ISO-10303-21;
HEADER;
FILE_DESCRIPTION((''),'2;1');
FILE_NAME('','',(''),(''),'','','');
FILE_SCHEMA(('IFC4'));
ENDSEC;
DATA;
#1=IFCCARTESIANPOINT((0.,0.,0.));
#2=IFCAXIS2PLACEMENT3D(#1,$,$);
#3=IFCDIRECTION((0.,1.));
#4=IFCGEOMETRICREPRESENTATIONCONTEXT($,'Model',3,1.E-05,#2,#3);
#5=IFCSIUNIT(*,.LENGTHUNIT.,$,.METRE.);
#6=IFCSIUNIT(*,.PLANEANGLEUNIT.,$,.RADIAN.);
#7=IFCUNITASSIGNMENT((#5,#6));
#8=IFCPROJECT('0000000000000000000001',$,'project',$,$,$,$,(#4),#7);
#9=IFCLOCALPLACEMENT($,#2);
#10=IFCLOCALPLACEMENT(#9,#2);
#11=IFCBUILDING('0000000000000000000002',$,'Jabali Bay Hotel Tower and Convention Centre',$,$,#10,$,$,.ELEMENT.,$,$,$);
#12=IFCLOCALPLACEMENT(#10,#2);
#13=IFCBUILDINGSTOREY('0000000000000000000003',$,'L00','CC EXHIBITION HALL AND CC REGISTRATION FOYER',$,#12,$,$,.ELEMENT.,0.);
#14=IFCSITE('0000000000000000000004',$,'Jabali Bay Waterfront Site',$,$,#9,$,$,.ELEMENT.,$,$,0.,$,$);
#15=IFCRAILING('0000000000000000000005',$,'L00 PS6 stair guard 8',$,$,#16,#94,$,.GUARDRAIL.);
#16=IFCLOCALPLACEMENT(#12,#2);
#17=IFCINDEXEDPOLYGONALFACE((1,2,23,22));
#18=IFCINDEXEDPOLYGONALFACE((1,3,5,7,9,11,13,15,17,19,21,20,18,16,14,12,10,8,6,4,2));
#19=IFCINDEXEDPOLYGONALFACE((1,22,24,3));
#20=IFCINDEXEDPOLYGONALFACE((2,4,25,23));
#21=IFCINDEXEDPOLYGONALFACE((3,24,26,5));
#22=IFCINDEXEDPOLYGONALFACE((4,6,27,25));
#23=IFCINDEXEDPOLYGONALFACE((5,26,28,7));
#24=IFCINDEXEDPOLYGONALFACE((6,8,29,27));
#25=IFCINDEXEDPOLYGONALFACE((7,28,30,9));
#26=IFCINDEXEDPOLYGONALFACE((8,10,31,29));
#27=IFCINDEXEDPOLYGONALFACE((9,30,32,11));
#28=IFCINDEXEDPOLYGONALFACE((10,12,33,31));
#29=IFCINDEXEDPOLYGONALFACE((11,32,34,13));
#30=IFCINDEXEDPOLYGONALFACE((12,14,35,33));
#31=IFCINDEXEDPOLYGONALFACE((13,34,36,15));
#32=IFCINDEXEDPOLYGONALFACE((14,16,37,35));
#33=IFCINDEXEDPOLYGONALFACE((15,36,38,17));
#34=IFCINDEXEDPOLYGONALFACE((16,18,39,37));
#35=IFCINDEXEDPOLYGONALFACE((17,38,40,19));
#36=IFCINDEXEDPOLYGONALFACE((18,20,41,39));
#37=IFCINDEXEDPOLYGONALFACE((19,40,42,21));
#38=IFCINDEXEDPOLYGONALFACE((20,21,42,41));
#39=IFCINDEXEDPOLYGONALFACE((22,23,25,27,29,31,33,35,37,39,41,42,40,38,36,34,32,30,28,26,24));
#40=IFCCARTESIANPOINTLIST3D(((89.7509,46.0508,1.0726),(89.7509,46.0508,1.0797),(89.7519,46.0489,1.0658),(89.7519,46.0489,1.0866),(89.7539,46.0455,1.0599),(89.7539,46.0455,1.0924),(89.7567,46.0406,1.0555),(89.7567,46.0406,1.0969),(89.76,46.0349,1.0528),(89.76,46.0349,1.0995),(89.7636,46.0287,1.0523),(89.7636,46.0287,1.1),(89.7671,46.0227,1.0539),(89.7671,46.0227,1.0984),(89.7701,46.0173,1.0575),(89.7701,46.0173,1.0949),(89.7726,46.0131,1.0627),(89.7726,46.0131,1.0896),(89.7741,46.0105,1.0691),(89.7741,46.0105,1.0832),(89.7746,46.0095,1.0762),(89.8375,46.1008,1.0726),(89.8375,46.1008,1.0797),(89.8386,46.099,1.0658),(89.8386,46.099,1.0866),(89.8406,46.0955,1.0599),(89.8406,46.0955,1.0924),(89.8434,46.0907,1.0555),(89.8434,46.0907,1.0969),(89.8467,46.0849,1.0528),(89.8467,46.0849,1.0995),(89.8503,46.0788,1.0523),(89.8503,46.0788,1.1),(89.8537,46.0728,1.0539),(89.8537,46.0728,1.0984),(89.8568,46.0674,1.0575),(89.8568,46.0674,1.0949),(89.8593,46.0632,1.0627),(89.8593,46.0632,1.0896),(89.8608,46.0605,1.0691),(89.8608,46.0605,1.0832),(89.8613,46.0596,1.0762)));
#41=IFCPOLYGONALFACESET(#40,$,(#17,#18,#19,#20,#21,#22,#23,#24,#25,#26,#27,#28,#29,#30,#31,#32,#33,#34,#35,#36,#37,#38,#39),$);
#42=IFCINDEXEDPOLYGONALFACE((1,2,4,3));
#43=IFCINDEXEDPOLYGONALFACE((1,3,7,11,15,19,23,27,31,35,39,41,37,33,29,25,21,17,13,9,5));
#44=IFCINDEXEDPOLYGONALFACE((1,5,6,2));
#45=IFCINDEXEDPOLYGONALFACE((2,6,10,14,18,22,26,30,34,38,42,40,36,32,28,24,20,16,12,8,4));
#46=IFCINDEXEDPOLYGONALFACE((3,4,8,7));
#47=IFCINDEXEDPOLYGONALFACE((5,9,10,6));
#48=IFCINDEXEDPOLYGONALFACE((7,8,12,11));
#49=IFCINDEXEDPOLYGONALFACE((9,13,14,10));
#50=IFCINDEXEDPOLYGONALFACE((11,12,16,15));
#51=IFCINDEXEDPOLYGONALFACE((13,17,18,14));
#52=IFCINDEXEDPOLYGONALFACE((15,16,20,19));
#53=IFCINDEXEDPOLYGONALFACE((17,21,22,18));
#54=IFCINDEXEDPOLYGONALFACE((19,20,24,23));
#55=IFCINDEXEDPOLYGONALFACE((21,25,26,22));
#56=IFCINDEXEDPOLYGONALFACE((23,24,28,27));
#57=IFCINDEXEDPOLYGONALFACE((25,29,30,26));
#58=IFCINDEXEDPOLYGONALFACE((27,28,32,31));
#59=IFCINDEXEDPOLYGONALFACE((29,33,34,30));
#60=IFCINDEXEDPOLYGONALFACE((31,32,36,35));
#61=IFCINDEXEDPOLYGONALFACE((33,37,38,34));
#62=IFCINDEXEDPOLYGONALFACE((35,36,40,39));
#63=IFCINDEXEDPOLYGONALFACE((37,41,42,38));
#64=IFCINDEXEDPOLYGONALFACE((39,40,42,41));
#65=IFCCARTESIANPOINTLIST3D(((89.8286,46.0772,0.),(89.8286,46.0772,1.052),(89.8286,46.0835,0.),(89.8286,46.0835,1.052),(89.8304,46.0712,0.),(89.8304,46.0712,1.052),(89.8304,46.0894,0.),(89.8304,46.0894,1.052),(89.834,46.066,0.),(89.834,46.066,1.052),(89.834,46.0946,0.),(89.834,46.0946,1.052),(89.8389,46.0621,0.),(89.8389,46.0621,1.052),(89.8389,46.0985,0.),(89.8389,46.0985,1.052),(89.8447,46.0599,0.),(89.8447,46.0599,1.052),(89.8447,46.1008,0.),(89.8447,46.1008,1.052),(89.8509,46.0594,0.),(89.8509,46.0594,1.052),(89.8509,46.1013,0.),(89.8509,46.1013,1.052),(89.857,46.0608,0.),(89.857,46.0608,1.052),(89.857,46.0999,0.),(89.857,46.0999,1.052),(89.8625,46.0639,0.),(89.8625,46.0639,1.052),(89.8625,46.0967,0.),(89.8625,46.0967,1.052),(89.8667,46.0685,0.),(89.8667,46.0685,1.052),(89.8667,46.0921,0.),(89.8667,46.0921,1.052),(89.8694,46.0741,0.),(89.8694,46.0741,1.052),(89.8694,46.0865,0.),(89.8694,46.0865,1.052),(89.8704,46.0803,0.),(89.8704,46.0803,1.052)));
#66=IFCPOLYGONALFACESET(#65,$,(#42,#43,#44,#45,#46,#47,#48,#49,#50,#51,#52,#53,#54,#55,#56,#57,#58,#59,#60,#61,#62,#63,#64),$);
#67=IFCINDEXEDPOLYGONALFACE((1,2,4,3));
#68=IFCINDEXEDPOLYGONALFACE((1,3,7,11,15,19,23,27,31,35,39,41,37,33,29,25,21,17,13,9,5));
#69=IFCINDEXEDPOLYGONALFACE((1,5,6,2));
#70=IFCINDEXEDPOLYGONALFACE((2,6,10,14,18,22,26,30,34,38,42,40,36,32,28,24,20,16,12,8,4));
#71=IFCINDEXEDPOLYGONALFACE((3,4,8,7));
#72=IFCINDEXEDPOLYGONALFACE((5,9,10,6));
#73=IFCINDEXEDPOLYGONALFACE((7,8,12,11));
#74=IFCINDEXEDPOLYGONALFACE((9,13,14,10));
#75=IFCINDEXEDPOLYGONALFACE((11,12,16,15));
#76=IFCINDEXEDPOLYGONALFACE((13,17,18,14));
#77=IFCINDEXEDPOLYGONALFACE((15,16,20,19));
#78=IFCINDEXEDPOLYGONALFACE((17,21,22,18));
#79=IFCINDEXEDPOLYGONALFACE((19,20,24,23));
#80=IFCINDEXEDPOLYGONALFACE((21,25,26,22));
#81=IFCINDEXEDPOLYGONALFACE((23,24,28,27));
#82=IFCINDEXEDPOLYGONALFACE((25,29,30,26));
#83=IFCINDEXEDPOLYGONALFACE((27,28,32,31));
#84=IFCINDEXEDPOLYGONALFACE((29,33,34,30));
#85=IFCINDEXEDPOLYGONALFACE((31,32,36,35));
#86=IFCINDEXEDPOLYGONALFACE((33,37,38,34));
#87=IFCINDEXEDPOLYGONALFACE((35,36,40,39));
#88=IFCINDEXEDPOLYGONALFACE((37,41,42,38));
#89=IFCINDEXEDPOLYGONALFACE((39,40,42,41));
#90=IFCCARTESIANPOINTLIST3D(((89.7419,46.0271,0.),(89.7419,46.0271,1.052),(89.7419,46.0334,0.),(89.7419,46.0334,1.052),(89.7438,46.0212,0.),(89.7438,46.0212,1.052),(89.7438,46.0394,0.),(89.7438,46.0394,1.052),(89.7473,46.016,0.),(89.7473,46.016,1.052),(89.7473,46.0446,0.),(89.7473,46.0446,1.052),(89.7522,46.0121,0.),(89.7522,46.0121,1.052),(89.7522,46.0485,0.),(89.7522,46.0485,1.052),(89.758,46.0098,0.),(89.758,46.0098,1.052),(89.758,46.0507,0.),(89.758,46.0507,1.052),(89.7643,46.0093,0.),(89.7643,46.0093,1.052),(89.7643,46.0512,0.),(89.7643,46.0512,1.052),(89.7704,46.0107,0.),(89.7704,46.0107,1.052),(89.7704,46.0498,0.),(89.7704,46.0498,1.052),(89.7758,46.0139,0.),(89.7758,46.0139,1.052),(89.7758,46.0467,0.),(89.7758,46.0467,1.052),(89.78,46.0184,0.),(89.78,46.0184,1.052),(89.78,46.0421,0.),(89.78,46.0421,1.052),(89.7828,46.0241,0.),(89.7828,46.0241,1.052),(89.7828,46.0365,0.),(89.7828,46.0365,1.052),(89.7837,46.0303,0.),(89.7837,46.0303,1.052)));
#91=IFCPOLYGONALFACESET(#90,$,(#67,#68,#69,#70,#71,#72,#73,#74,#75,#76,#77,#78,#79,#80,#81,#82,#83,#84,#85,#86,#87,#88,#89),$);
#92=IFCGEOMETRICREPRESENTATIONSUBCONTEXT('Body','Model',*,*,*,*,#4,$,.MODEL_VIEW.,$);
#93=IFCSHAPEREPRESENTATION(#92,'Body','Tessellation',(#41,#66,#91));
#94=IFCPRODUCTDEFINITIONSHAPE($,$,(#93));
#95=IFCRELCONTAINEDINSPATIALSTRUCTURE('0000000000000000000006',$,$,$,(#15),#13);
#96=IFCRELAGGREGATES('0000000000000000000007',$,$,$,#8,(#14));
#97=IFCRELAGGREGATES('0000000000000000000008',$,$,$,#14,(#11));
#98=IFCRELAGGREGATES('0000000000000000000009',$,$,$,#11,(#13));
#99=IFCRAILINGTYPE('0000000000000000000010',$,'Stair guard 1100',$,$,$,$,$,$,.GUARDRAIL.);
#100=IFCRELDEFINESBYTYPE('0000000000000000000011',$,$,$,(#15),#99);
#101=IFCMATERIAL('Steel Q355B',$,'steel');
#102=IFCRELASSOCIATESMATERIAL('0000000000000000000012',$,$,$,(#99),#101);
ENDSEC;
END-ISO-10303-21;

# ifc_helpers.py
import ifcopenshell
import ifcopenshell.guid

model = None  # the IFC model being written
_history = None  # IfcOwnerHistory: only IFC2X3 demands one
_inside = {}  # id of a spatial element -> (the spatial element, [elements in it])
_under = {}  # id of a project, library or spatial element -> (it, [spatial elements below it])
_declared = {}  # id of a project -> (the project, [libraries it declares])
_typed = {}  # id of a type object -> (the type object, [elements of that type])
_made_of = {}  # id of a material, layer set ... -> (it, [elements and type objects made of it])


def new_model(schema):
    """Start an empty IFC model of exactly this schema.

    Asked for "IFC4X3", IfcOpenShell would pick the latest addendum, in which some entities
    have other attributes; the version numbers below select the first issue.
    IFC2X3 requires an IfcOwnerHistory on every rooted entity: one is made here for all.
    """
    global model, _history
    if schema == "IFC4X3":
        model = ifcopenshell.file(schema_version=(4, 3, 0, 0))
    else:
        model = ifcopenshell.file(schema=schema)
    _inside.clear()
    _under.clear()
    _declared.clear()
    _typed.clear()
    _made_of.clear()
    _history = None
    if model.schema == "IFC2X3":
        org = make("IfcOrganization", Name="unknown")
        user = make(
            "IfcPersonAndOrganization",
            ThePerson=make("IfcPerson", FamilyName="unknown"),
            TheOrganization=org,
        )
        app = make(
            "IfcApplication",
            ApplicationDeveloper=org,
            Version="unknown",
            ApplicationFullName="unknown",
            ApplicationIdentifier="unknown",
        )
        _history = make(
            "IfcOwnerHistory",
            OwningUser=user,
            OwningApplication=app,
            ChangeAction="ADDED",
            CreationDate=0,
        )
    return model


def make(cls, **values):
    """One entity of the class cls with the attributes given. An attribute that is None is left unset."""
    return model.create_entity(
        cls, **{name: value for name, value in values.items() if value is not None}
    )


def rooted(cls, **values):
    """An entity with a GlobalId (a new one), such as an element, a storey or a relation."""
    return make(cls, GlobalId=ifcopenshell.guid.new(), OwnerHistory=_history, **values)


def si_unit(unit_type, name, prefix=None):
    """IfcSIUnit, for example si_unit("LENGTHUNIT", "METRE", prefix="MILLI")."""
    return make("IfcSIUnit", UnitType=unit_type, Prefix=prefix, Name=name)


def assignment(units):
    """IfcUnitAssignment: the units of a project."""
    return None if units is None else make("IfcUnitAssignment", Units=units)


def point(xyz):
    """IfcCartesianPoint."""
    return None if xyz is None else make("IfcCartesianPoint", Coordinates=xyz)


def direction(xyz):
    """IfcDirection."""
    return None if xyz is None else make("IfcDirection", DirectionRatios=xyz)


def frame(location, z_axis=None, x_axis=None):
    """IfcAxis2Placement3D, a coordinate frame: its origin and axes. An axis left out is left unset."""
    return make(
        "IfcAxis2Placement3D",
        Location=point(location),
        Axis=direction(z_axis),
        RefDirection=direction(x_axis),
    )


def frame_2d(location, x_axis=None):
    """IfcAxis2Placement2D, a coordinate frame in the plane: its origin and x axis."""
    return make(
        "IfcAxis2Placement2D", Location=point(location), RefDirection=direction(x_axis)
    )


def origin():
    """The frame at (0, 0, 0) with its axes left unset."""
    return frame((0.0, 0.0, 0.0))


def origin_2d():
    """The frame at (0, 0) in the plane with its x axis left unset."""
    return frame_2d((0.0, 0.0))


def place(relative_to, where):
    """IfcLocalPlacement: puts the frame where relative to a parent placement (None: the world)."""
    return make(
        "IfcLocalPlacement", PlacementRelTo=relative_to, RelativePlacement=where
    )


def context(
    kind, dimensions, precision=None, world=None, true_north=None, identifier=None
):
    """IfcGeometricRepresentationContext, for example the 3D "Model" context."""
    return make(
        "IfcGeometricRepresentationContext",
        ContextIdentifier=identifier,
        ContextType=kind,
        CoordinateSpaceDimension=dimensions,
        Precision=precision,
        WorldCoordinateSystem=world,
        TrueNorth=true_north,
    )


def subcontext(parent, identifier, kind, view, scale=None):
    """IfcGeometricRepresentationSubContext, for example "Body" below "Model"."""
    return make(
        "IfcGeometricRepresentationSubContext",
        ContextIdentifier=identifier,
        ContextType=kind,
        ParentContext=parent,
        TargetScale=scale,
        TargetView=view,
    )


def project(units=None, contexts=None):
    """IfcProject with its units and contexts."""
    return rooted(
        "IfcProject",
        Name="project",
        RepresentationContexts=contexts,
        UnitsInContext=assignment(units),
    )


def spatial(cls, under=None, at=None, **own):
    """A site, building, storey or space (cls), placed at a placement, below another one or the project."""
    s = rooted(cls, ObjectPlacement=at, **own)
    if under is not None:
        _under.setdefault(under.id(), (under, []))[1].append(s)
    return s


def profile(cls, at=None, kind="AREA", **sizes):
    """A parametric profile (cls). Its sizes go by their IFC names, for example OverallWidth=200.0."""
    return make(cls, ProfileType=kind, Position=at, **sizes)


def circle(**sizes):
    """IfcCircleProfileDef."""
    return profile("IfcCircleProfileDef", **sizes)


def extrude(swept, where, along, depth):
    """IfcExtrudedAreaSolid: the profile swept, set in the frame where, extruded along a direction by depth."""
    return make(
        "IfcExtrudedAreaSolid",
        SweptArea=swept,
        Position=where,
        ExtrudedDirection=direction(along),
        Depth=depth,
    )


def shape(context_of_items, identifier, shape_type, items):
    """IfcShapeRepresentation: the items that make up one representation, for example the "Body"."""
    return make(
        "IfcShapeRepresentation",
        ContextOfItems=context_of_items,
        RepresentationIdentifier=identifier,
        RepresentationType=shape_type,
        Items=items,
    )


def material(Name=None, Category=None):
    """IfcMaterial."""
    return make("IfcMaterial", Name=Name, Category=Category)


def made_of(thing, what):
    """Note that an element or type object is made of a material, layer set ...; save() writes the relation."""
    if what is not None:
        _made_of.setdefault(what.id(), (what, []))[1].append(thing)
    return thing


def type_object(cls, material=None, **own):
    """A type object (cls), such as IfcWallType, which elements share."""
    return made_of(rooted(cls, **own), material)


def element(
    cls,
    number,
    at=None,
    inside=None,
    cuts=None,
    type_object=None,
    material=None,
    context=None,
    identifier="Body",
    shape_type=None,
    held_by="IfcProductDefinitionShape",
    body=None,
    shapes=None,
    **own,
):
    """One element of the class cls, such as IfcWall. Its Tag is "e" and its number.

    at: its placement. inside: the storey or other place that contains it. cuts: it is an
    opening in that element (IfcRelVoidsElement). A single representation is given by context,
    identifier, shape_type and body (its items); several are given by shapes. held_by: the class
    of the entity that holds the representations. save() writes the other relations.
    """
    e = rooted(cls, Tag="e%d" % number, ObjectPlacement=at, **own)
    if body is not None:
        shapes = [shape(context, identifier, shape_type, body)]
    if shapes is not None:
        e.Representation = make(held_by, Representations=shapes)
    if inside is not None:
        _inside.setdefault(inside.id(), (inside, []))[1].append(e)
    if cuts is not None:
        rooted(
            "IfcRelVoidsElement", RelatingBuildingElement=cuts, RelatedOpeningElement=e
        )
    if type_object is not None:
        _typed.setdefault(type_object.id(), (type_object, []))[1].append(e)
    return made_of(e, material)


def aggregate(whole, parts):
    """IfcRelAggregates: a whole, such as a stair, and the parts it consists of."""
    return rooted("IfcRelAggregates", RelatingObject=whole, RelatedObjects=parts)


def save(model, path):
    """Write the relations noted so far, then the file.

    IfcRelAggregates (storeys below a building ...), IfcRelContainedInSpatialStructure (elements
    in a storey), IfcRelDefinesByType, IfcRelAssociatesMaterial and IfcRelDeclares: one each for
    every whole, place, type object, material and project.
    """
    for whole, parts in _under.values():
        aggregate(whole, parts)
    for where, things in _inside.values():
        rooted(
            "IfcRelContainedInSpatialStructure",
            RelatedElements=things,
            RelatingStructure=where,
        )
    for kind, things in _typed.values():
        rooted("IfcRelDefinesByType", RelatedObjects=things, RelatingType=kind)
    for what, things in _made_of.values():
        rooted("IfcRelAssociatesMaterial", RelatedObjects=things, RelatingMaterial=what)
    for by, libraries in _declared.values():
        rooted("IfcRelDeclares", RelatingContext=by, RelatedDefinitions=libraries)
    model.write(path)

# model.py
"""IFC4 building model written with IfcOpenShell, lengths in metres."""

from ifc_helpers import new_model, si_unit, direction, frame, origin, origin_2d, place, context, subcontext, project, spatial, circle, extrude, material, type_object, element, save


model = new_model("IFC4")

# Units and contexts
model_context = context("Model", 3, precision=1e-05, world=origin(), true_north=direction((0.0, 1.0)))
body_context = subcontext(model_context, "Body", "Model", "MODEL_VIEW")
ifc_project = project(units=[si_unit("LENGTHUNIT", "METRE"), si_unit("PLANEANGLEUNIT", "RADIAN")], contexts=[model_context])

# Site, building, storey
site_placement = place(None, origin())
site = spatial("IfcSite", under=ifc_project, at=site_placement, Name="Jabali Bay Waterfront Site", CompositionType="ELEMENT", RefElevation=0.0)
building_placement = place(site_placement, origin())
building = spatial("IfcBuilding", under=site, at=building_placement, Name="Jabali Bay Hotel Tower and Convention Centre", CompositionType="ELEMENT")
storey_placement = place(building_placement, origin())
storey = spatial("IfcBuildingStorey", under=building, at=storey_placement, Name="L00", Description="CC EXHIBITION HALL AND CC REGISTRATION FOYER", CompositionType="ELEMENT", Elevation=0.0)

# Railing
ifc_material_1 = material(Name="Steel Q355B", Category="steel")
railing_type_1 = type_object("IfcRailingType", Name="Stair guard 1100", PredefinedType="GUARDRAIL", material=ifc_material_1)
railing_1_placement = place(storey_placement, frame((89.8494, 46.0803, 0.0)))
element("IfcRailing", 1, at=railing_1_placement, inside=storey, type_object=railing_type_1, Name="L00 PS6 stair guard 8", PredefinedType="GUARDRAIL", context=body_context, shape_type="SweptSolid", body=[
    extrude(circle(Radius=0.0239, at=origin_2d()), frame((0.0, 0.0, 1.0762), z_axis=(-0.865982, -0.500074, 0.0), x_axis=(0.500074, -0.865982, 0.0)), (0.0, 0.0, 1.0), 0.1001),
    extrude(circle(Radius=0.021, at=origin_2d()), origin(), (0.0, 0.0, 1.0), 1.052),
    extrude(circle(Radius=0.021, at=origin_2d()), frame((-0.0867, -0.05, 0.0)), (0.0, 0.0, 1.0), 1.052),
])

save(model, "model.ifc")
